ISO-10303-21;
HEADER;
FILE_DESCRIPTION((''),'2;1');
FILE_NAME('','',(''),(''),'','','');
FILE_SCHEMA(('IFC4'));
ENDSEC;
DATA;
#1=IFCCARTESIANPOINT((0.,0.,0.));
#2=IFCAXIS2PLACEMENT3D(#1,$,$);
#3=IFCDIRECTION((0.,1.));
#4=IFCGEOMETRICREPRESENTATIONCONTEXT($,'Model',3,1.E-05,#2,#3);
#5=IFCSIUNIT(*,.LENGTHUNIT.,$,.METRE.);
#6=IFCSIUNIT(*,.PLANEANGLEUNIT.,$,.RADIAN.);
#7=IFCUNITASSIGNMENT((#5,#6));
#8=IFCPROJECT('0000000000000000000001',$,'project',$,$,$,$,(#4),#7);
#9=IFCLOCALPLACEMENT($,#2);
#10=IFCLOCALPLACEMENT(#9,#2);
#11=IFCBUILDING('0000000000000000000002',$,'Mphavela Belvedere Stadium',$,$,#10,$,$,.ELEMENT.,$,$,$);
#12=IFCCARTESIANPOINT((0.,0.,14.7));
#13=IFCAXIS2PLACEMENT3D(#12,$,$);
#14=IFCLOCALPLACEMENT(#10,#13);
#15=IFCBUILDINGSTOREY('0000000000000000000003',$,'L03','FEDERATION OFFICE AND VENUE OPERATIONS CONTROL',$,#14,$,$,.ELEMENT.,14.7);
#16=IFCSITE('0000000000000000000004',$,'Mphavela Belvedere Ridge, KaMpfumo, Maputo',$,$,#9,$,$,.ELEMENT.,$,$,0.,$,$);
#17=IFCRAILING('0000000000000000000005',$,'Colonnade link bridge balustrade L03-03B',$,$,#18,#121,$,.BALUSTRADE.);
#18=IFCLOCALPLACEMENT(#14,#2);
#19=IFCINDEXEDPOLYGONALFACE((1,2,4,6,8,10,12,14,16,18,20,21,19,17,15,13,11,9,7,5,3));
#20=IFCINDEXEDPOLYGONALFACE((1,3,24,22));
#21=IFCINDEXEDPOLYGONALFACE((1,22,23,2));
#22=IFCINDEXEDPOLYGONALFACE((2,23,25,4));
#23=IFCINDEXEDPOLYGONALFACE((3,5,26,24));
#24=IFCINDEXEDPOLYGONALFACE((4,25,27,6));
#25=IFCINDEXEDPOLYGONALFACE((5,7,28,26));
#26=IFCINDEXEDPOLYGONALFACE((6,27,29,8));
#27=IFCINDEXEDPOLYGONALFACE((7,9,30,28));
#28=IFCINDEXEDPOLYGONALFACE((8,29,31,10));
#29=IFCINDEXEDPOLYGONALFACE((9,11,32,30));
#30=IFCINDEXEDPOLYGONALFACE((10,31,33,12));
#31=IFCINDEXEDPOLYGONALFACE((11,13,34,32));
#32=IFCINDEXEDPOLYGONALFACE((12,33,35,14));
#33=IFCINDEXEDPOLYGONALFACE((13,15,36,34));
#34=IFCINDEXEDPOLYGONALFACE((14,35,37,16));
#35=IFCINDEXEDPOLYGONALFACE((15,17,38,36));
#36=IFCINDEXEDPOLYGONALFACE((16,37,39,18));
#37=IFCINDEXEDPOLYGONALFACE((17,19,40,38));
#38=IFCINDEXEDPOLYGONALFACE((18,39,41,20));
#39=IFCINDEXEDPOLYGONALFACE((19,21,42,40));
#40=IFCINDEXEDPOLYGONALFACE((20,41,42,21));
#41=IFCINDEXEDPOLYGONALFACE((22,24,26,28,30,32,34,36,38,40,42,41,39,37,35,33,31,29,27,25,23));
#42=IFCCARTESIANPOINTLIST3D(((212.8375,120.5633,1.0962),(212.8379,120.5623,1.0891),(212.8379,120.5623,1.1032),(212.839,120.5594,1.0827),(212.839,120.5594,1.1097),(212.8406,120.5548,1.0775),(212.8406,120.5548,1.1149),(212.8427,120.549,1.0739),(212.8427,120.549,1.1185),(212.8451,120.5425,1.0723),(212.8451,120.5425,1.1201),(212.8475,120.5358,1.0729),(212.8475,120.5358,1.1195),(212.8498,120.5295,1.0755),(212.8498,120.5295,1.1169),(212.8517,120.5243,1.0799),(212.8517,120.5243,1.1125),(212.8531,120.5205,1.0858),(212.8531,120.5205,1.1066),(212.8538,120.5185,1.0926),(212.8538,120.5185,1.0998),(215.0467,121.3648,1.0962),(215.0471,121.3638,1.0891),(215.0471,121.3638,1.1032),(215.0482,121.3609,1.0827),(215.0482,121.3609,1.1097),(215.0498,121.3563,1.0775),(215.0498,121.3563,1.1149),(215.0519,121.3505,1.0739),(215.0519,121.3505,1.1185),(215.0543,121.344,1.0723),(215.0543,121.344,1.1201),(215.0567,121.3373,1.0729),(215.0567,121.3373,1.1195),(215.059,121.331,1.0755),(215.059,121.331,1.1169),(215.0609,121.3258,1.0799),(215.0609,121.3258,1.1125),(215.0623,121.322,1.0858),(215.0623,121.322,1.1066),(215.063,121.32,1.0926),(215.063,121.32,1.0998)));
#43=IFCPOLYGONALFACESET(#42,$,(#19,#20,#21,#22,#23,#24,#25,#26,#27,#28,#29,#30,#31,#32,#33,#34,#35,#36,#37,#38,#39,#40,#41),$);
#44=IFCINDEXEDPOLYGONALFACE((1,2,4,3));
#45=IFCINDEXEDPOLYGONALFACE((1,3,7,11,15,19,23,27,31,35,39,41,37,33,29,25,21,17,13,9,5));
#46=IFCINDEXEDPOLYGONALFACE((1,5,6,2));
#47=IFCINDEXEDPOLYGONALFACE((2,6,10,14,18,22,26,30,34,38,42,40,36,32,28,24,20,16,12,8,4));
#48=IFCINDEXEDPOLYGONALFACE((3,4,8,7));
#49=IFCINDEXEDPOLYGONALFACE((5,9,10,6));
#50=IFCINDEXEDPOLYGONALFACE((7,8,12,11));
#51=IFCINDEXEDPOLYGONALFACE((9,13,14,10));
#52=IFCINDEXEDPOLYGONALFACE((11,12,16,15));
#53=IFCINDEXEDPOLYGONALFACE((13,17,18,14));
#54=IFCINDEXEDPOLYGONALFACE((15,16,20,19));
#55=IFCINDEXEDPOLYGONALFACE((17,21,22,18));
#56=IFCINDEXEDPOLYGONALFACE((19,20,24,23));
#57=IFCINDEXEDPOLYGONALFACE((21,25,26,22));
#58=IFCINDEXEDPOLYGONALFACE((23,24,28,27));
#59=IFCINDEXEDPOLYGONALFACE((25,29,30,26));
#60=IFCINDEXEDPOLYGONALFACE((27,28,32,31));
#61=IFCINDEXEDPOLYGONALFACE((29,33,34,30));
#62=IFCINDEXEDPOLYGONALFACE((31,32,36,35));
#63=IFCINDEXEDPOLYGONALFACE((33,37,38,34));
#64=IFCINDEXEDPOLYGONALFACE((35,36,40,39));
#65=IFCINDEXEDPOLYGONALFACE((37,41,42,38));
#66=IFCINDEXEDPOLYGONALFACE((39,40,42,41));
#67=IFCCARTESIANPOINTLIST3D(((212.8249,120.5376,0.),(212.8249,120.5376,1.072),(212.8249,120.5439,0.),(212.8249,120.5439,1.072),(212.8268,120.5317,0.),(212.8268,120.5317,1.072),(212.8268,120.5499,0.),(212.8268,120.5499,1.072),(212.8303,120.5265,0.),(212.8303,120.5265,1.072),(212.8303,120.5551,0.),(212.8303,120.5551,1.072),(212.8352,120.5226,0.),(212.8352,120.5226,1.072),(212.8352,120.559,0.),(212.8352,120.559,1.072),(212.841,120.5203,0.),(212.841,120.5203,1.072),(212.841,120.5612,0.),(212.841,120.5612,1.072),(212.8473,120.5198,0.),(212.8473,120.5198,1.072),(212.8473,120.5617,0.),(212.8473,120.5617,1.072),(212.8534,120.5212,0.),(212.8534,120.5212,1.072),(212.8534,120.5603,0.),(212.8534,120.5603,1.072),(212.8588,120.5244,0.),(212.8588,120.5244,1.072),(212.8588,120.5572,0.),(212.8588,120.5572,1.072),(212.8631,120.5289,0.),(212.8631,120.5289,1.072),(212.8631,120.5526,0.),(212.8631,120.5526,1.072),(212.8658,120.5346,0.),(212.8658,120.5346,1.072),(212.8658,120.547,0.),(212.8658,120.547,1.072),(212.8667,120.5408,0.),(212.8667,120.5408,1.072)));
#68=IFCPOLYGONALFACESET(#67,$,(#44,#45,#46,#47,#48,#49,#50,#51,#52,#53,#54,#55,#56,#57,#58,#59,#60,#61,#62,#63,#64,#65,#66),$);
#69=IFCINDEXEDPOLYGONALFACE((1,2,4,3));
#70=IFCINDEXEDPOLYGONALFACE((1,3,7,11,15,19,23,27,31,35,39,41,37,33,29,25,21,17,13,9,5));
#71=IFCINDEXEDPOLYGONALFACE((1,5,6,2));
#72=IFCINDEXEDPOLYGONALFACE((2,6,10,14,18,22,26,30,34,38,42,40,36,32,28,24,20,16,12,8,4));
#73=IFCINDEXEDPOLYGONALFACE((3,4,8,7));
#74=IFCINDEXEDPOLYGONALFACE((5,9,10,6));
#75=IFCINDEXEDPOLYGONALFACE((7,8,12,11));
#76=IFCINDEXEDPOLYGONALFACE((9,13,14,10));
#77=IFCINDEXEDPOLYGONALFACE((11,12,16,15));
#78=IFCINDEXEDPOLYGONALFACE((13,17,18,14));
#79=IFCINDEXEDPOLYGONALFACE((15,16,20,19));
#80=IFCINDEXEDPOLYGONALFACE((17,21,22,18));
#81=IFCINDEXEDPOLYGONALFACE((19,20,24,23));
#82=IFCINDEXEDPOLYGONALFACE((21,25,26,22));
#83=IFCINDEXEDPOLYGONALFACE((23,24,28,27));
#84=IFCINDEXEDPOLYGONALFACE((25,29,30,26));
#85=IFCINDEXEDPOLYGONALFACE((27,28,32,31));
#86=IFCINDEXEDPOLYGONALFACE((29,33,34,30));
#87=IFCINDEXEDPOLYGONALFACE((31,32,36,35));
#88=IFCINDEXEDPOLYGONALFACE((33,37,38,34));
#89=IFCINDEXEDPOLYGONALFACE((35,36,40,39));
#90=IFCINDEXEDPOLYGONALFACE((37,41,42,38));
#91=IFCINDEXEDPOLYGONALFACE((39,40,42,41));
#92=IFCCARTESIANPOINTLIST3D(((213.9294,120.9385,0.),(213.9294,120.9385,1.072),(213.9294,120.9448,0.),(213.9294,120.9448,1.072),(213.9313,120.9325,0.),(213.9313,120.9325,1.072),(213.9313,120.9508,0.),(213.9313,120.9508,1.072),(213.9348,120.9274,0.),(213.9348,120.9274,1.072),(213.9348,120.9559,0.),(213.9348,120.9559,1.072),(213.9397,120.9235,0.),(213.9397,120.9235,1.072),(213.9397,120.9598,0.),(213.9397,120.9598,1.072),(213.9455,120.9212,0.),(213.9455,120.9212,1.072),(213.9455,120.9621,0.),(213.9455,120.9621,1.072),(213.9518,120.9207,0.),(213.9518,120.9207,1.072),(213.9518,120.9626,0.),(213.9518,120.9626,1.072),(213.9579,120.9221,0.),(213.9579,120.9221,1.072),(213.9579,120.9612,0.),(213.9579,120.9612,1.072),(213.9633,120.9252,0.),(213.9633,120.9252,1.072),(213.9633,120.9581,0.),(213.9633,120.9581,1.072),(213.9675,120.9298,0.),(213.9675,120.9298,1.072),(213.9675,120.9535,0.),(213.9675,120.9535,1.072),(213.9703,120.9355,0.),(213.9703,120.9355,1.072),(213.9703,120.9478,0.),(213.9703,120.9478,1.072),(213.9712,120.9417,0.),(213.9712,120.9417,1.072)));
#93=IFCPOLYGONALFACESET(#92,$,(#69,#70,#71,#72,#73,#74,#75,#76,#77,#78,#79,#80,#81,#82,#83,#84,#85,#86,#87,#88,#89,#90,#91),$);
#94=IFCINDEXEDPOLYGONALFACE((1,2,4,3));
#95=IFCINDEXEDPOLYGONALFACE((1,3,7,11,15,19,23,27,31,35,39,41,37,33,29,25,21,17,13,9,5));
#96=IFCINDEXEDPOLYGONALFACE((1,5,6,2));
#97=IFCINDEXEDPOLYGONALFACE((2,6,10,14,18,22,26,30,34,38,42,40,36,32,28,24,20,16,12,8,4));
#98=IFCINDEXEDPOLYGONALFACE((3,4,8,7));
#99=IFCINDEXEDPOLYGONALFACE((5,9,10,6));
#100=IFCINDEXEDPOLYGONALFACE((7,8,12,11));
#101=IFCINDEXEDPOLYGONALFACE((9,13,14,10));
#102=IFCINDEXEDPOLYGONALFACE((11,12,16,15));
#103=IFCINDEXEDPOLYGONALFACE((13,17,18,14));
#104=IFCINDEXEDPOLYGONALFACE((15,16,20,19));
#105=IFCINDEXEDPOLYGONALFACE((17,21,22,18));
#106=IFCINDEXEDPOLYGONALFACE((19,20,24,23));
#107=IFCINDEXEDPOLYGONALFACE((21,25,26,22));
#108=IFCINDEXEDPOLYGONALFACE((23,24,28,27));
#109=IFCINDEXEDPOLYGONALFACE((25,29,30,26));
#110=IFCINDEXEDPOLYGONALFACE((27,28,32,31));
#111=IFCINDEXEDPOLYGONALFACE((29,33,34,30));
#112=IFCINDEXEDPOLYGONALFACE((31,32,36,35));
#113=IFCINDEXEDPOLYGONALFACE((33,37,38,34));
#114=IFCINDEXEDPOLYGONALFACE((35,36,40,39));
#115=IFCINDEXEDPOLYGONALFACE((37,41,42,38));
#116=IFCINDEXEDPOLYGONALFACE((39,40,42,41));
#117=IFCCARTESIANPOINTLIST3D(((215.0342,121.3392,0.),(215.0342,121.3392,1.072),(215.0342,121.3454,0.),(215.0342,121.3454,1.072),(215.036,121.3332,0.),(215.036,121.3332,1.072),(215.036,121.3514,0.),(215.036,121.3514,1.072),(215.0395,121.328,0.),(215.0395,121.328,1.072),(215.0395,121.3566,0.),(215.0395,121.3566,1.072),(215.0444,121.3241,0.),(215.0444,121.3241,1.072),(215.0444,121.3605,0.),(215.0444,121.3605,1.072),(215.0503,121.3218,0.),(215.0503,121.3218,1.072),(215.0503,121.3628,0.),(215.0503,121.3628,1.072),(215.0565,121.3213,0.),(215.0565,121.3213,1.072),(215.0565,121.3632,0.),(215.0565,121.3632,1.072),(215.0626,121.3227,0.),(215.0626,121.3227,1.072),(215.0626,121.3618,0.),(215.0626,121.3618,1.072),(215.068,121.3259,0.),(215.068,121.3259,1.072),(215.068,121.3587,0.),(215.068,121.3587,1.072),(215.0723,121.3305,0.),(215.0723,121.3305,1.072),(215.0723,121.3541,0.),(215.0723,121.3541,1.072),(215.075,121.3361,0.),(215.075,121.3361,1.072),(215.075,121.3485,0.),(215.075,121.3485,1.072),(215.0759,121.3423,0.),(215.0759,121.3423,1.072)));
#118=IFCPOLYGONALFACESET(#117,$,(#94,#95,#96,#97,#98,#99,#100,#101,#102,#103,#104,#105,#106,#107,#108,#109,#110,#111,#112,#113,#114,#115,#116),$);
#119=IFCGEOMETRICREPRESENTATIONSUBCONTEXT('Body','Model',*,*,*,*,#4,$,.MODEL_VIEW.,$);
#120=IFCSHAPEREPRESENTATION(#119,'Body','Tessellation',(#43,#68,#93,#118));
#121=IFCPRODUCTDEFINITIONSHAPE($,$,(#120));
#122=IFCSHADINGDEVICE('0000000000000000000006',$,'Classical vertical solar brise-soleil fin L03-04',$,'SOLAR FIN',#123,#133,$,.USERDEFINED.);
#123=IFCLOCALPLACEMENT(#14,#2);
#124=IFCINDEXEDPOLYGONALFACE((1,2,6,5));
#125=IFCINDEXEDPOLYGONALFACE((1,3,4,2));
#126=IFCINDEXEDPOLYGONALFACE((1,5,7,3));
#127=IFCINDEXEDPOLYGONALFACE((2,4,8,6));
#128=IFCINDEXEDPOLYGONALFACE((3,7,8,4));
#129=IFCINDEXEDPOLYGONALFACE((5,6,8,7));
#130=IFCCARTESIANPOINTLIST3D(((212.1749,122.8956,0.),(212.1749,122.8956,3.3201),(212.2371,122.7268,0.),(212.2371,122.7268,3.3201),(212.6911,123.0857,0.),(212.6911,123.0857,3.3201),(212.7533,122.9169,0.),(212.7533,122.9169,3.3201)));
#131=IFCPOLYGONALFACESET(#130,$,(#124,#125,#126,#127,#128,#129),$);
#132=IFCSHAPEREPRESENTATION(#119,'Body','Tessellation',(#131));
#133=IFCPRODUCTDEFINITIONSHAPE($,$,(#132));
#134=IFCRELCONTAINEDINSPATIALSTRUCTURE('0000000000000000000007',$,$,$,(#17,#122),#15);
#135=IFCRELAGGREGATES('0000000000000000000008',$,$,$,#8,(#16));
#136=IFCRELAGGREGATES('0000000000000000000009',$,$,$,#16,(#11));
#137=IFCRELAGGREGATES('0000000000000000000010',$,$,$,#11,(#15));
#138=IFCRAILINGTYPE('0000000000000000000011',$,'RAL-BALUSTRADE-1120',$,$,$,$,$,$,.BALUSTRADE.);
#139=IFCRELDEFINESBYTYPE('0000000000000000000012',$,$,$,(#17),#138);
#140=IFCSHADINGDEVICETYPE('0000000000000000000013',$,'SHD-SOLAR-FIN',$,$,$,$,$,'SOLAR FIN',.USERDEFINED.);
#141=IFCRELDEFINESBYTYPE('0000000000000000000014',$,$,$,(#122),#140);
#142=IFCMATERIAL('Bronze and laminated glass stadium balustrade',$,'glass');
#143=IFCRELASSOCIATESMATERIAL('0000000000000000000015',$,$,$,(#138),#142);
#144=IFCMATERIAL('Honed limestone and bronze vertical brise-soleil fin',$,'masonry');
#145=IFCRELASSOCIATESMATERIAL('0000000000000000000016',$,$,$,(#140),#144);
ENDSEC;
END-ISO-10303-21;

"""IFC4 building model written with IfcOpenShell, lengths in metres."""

from ifc_helpers import new_model, si_unit, direction, frame, origin, origin_2d, place, context, subcontext, project, spatial, rectangle, circle, extrude, material, type_object, element, save


model = new_model("IFC4")

# Units and contexts
model_context = context("Model", 3, precision=1e-05, world=origin(), true_north=direction((0.0, 1.0)))
body_context = subcontext(model_context, "Body", "Model", "MODEL_VIEW")
ifc_project = project(units=[si_unit("LENGTHUNIT", "METRE"), si_unit("PLANEANGLEUNIT", "RADIAN")], contexts=[model_context])

# Site, building, storey
site_placement = place(None, origin())
site = spatial("IfcSite", under=ifc_project, at=site_placement, Name="Mphavela Belvedere Ridge, KaMpfumo, Maputo", CompositionType="ELEMENT", RefElevation=0.0)
building_placement = place(site_placement, origin())
building = spatial("IfcBuilding", under=site, at=building_placement, Name="Mphavela Belvedere Stadium", CompositionType="ELEMENT")
storey_placement = place(building_placement, frame((0.0, 0.0, 14.7)))
storey = spatial("IfcBuildingStorey", under=building, at=storey_placement, Name="L03", Description="FEDERATION OFFICE AND VENUE OPERATIONS CONTROL", CompositionType="ELEMENT", Elevation=14.7)

# Railing
ifc_material_1 = material(Name="Bronze and laminated glass stadium balustrade", Category="glass")
railing_type = type_object("IfcRailingType", Name="RAL-BALUSTRADE-1120", PredefinedType="BALUSTRADE", material=ifc_material_1)
railing_1_placement = place(storey_placement, frame((212.8457, 120.5408, 0.0)))
element("IfcRailing", 1, at=railing_1_placement, inside=storey, type_object=railing_type, Name="Colonnade link bridge balustrade L03-03B", PredefinedType="BALUSTRADE", context=body_context, shape_type="SweptSolid", body=[
    extrude(circle(Radius=0.0239, at=origin_2d()), frame((0.0, 0.0, 1.0962), z_axis=(0.940045, 0.341051, 0.0), x_axis=(-0.341051, 0.940045, 0.0)), (0.0, 0.0, 1.0), 2.3501),
    extrude(circle(Radius=0.021, at=origin_2d()), origin(), (0.0, 0.0, 1.0), 1.072),
    extrude(circle(Radius=0.021, at=origin_2d()), frame((1.1045, 0.4009, 0.0)), (0.0, 0.0, 1.0), 1.072),
    extrude(circle(Radius=0.021, at=origin_2d()), frame((2.2092, 0.8015, 0.0)), (0.0, 0.0, 1.0), 1.072),
])

# Shading device
ifc_material_2 = material(Name="Honed limestone and bronze vertical brise-soleil fin", Category="masonry")
shading_device_type = type_object("IfcShadingDeviceType", Name="SHD-SOLAR-FIN", ElementType="SOLAR FIN", PredefinedType="USERDEFINED", material=ifc_material_2)
shading_device_placement = place(storey_placement, frame((212.4641, 122.9062, 0.0), z_axis=(0.0, 0.0, 1.0), x_axis=(0.938372, 0.345626, 0.0)))
element("IfcShadingDevice", 2, at=shading_device_placement, inside=storey, type_object=shading_device_type, Name="Classical vertical solar brise-soleil fin L03-04", ObjectType="SOLAR FIN", PredefinedType="USERDEFINED", context=body_context, shape_type="SweptSolid", body=[
    extrude(rectangle(XDim=0.55, YDim=0.1799, at=origin_2d()), origin(), (0.0, 0.0, 1.0), 3.3201),
])

save(model, "model.ifc")
